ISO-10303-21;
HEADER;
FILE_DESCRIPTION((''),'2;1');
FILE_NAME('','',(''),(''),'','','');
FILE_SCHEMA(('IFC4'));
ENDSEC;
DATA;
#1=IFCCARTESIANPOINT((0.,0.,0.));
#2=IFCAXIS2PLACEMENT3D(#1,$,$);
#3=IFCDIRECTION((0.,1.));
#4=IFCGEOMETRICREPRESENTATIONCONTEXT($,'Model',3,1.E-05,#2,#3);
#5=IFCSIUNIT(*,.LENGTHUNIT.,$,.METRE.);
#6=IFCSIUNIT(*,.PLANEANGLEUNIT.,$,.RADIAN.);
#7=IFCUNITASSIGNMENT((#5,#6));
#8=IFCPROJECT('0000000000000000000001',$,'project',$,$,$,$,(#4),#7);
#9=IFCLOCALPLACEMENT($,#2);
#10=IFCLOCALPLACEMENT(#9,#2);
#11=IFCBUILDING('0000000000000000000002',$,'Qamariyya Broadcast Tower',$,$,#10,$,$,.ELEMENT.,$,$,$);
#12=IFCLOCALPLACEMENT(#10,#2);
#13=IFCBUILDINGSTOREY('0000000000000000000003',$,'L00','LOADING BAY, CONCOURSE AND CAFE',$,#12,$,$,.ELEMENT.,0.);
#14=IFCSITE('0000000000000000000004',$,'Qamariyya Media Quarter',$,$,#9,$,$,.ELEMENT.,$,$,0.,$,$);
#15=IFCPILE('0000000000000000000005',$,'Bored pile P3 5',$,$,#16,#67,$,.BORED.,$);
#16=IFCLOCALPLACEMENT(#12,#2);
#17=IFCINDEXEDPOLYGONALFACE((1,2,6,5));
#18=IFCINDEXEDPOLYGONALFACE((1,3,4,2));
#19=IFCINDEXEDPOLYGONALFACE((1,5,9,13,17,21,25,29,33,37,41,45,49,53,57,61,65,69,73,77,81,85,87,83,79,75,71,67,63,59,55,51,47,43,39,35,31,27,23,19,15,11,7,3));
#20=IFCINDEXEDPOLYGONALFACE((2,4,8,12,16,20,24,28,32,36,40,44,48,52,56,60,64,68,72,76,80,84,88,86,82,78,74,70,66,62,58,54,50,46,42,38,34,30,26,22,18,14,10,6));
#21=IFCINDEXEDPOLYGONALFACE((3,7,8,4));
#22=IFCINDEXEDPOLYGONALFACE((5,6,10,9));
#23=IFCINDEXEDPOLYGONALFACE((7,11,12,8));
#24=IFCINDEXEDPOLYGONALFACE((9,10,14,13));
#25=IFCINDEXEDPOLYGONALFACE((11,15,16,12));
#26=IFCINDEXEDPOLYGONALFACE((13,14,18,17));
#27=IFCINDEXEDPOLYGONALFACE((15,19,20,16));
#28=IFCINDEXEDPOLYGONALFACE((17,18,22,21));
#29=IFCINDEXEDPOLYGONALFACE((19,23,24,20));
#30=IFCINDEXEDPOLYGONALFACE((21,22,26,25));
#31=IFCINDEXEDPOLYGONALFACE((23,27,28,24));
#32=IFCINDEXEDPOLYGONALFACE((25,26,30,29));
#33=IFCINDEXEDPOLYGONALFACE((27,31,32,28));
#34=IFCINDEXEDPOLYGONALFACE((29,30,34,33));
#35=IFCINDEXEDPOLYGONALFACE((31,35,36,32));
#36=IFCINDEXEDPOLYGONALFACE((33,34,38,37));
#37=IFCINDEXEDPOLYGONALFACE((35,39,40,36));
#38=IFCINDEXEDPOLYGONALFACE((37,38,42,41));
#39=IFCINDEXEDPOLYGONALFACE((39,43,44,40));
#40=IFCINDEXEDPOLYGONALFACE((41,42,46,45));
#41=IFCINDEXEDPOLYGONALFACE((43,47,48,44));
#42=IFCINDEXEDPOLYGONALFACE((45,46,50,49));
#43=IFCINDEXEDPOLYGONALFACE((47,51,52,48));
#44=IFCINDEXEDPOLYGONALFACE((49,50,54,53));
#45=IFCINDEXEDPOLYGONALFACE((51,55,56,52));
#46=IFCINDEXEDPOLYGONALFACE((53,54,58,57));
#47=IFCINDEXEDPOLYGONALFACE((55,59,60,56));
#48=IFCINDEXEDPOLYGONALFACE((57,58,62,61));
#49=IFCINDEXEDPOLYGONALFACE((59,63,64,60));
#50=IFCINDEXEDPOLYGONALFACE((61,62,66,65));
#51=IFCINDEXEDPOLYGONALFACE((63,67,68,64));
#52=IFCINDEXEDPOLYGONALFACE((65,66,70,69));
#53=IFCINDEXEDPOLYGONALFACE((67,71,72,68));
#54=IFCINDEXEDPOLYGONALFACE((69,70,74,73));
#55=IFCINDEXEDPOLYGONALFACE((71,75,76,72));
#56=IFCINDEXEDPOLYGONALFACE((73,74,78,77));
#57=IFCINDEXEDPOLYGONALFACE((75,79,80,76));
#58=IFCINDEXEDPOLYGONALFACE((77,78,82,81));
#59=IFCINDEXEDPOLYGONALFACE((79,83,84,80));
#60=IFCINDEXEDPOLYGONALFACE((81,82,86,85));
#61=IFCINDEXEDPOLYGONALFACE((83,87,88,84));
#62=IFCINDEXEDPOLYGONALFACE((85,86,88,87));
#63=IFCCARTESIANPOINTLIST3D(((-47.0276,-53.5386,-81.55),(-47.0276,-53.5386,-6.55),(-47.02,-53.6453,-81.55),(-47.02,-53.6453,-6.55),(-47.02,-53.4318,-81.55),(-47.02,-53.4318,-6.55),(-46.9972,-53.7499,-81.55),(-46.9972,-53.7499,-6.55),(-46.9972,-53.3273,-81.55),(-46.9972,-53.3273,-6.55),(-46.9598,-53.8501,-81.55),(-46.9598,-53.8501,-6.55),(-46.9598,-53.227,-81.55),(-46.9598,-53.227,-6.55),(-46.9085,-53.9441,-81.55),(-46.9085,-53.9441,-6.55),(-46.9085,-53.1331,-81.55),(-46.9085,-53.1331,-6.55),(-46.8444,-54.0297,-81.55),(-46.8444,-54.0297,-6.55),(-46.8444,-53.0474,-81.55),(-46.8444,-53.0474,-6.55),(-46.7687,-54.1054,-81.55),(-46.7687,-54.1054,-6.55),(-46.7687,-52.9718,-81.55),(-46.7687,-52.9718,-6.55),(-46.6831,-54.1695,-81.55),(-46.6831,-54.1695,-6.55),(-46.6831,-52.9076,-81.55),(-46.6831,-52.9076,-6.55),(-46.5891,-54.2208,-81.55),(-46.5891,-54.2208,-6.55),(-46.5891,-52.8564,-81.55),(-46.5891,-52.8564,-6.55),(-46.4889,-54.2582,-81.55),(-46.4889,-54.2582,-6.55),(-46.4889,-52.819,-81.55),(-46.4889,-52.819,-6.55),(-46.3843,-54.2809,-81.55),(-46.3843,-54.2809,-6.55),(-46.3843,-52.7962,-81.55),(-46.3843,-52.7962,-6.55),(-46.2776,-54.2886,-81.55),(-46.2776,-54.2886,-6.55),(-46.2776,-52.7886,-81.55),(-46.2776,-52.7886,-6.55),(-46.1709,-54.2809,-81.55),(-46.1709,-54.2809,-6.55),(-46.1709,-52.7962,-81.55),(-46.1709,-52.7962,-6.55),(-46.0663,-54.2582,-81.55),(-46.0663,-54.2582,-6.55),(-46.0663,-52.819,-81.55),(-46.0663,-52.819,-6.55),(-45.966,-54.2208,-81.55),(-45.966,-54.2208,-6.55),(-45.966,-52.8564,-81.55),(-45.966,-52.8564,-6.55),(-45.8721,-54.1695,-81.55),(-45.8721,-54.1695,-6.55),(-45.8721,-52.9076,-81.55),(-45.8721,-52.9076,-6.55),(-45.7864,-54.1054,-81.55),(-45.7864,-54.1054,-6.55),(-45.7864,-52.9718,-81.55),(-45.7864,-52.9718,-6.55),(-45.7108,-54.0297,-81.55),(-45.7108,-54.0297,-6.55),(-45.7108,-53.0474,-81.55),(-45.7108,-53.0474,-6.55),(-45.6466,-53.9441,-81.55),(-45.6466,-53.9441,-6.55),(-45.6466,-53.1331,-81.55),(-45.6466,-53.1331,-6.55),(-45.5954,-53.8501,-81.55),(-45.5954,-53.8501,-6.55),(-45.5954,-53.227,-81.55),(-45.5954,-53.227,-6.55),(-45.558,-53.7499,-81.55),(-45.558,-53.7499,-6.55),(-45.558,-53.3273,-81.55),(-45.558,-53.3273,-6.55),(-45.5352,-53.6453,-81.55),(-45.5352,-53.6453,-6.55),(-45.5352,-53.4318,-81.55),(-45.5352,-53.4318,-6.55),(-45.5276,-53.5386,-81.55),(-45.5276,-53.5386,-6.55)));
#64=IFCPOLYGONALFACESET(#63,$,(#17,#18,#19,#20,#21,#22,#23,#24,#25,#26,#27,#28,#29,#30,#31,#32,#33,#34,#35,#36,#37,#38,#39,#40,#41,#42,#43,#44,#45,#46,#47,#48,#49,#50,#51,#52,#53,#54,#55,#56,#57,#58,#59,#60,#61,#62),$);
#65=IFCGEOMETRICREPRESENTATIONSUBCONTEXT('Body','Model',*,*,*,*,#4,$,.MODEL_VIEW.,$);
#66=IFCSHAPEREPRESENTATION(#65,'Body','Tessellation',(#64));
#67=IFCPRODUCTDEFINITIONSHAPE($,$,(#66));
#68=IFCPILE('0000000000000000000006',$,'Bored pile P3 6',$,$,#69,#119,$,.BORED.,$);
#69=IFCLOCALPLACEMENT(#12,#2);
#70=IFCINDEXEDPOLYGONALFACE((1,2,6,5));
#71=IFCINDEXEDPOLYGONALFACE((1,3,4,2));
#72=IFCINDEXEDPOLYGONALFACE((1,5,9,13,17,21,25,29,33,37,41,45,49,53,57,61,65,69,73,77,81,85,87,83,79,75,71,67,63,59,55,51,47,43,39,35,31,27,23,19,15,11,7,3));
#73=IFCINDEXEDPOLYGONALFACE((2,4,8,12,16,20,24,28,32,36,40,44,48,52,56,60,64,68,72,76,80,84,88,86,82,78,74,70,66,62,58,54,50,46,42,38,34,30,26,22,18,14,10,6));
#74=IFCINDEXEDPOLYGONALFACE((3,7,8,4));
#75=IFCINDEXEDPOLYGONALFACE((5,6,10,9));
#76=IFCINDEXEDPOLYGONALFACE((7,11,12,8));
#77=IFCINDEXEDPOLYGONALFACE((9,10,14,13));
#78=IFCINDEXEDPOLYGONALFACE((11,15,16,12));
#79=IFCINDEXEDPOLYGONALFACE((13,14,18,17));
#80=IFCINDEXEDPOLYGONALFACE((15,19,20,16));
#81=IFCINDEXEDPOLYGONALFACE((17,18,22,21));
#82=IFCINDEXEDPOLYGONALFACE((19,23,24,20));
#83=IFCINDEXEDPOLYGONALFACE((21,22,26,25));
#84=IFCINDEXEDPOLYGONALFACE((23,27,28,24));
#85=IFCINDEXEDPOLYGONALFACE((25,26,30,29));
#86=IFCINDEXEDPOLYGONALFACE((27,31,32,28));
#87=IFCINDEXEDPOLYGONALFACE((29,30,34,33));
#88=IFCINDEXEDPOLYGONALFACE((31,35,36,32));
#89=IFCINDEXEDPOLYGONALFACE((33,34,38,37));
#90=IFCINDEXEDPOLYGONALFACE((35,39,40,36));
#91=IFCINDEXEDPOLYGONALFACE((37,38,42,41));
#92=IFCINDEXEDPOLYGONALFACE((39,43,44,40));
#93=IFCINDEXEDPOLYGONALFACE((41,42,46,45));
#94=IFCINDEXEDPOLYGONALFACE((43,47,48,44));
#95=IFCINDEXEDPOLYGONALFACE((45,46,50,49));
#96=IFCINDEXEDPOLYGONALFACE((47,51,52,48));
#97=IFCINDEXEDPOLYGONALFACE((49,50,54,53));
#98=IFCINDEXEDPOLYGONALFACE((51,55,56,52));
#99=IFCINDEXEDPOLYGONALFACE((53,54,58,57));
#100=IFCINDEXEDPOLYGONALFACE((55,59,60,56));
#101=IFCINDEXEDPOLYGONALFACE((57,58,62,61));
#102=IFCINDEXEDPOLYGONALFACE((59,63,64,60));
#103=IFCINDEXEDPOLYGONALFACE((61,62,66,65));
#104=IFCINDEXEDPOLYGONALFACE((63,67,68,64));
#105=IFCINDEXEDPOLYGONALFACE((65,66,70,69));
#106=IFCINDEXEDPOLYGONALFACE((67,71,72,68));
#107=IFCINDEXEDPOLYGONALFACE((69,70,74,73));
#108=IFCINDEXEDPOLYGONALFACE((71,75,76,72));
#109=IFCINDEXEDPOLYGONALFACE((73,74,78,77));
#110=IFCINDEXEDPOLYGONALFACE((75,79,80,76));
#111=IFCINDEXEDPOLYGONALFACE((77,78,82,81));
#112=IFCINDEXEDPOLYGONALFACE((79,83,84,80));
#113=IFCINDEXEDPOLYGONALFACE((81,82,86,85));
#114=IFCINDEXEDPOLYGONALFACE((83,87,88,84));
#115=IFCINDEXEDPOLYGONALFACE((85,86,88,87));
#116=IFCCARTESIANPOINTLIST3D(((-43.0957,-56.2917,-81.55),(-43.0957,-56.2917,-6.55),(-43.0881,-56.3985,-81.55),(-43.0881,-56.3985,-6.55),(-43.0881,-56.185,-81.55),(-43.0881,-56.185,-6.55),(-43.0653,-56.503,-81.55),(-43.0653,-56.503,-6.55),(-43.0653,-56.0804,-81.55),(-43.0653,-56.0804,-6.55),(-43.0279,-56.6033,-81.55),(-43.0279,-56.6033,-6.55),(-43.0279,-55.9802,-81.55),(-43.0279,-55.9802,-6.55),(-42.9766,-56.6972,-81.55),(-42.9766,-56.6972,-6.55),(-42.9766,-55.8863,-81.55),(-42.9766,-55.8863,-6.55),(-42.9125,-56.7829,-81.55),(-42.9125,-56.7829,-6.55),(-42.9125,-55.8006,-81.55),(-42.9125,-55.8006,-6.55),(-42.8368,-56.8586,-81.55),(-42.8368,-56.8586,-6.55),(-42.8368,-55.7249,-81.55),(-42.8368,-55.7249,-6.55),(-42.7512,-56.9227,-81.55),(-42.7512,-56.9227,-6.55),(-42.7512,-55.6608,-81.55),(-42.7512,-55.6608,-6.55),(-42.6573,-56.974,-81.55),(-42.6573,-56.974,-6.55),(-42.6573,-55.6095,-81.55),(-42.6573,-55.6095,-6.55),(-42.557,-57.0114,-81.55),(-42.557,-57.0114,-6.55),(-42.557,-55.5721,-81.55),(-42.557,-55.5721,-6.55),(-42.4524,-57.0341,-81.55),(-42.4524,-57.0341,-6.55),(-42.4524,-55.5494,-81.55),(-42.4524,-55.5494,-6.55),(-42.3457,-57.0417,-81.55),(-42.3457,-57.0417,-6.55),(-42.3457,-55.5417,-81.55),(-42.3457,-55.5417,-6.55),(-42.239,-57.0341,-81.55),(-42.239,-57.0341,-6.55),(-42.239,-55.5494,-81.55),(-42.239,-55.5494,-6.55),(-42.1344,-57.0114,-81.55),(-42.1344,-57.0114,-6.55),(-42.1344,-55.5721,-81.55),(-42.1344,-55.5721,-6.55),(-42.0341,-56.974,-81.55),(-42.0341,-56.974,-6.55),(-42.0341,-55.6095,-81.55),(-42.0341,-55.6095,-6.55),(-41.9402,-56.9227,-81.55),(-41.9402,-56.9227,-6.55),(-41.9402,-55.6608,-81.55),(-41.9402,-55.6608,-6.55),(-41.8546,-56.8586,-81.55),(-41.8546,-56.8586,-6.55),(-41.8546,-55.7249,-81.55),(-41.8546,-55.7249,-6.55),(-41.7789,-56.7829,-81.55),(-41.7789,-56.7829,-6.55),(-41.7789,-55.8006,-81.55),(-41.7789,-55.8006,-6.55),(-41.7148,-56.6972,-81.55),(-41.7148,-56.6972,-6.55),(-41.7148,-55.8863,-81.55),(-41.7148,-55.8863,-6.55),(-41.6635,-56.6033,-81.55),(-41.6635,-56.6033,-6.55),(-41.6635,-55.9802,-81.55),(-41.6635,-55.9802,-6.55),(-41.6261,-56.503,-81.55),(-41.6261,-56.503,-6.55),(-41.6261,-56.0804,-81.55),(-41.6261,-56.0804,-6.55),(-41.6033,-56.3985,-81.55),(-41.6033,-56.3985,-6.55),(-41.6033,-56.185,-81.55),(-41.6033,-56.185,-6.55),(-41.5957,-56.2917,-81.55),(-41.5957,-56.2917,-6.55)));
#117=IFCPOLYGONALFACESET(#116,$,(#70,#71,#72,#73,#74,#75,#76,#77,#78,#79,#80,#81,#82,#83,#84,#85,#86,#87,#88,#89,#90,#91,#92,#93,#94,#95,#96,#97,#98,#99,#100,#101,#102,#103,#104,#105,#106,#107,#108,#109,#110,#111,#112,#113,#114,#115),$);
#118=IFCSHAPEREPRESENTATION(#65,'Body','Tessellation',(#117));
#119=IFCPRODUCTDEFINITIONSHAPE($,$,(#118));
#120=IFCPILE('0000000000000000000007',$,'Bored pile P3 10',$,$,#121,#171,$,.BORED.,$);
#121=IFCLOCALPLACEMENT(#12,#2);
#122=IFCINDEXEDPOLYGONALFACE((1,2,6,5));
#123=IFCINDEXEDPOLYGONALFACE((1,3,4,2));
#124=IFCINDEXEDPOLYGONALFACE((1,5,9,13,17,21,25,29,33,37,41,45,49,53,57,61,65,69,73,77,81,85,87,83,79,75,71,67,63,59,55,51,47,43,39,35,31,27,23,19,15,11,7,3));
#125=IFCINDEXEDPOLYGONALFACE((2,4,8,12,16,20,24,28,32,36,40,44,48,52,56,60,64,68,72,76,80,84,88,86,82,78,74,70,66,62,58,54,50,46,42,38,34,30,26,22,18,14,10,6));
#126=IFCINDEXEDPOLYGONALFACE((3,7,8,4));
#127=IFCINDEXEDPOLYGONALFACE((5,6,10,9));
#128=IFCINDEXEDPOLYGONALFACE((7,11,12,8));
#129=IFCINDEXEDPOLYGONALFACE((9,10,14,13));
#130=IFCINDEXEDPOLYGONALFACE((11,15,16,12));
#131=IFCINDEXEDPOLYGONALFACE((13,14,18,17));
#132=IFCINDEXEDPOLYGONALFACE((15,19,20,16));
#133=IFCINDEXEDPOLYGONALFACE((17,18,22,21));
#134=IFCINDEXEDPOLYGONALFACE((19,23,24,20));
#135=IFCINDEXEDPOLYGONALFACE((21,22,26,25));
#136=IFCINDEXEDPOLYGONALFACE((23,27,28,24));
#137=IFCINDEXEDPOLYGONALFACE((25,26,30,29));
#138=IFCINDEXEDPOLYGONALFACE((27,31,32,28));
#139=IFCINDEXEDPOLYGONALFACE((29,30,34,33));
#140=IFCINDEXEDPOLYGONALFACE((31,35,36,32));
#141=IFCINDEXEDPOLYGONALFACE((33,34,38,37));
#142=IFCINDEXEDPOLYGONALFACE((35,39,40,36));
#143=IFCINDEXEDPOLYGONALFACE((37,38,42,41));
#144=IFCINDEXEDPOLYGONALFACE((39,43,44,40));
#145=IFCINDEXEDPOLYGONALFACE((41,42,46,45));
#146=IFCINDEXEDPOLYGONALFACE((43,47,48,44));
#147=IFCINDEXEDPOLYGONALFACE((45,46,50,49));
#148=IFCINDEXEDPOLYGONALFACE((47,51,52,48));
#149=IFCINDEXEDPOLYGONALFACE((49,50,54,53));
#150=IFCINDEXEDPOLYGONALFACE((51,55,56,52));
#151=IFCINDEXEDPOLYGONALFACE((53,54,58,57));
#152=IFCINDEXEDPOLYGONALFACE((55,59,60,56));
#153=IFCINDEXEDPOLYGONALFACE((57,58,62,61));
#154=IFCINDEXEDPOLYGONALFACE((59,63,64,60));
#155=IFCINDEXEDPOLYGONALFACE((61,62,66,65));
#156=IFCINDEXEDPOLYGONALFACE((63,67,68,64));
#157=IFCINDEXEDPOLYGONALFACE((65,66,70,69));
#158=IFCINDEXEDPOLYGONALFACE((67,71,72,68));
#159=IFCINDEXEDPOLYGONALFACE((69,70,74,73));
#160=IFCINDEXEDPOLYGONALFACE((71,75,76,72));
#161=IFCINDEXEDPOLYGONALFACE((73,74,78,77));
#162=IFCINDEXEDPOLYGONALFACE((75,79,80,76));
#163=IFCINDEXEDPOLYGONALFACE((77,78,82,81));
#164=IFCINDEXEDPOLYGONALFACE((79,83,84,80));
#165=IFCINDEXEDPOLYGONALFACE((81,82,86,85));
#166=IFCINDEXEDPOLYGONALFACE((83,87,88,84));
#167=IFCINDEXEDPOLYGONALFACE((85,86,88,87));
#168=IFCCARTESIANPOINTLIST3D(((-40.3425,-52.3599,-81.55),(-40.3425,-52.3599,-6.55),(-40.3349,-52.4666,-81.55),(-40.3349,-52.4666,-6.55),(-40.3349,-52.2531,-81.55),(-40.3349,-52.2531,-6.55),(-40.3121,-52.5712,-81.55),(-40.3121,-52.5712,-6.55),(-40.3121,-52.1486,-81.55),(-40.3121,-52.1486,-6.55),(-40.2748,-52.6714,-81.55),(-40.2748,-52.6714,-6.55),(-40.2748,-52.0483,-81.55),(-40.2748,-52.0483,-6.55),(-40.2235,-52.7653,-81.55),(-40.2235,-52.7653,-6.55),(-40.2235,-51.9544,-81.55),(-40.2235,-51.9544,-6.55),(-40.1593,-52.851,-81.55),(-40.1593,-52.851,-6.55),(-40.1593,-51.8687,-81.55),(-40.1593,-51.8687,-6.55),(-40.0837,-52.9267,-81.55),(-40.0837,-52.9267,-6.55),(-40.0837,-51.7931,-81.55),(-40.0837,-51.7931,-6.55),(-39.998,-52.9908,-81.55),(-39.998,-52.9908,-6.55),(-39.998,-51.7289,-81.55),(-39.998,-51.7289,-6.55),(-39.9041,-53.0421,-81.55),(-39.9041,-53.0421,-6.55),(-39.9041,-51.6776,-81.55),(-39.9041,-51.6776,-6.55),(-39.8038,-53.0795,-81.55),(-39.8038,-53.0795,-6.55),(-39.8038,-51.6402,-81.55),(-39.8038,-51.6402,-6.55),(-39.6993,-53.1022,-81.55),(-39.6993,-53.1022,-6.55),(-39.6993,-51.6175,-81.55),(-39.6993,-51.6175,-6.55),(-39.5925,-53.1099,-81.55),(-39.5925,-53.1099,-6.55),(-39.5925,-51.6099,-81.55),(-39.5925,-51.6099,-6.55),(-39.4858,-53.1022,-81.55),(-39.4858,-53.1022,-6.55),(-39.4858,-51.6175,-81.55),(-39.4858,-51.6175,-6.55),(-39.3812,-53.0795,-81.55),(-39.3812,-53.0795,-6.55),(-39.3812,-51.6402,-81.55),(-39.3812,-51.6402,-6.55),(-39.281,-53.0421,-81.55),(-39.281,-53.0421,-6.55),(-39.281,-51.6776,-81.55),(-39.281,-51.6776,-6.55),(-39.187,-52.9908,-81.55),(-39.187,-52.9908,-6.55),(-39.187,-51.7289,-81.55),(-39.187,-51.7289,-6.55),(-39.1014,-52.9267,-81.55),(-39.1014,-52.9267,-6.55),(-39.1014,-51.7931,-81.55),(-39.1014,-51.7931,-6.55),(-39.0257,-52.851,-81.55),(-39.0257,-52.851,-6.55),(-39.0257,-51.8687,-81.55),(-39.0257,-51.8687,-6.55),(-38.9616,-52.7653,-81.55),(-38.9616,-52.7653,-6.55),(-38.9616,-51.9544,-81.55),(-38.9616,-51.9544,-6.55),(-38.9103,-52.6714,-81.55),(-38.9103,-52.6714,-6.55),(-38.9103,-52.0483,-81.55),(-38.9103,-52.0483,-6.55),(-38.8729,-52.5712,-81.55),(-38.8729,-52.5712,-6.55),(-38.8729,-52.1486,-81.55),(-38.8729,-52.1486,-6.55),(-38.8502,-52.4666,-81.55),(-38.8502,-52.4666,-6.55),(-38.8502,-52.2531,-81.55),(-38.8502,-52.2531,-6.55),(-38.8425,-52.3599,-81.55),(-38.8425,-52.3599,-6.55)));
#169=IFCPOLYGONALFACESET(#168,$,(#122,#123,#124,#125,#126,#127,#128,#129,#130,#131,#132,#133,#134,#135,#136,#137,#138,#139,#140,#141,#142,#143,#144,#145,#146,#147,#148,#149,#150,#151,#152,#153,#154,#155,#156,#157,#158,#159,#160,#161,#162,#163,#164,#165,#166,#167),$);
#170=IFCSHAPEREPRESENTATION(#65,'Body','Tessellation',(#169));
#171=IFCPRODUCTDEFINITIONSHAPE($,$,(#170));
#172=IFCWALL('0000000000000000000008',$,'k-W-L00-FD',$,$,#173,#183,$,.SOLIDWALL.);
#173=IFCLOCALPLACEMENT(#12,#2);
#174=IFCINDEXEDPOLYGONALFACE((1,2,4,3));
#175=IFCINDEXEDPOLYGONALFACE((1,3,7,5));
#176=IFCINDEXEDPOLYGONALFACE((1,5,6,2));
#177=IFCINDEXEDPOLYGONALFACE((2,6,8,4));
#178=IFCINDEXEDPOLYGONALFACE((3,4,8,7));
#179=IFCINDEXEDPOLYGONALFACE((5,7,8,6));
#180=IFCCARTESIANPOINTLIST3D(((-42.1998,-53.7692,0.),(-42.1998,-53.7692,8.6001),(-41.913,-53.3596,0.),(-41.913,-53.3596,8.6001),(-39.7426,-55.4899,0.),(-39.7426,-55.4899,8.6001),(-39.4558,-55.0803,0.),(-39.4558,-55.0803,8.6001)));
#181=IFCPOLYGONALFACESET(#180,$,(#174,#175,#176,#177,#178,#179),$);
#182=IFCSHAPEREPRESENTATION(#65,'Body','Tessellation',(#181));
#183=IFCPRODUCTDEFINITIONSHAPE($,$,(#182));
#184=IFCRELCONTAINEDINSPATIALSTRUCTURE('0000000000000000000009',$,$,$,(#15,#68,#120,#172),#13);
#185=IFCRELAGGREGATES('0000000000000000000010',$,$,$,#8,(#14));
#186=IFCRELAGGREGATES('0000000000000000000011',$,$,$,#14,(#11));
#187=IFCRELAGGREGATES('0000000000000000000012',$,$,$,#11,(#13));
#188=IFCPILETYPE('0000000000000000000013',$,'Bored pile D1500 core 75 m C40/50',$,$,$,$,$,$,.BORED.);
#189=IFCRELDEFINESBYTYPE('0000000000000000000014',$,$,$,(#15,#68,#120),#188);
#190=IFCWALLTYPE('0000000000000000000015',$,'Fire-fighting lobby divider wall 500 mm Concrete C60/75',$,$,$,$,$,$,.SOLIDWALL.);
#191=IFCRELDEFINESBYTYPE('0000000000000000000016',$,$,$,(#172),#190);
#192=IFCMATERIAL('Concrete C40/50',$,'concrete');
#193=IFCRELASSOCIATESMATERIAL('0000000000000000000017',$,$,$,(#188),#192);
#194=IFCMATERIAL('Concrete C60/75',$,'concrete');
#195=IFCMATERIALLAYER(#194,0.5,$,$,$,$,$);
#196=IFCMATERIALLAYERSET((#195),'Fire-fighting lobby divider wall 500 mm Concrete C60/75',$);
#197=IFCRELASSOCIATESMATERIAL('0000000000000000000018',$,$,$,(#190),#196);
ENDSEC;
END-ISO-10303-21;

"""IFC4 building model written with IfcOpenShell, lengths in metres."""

from ifc_helpers import new_model, si_unit, direction, frame, frame_2d, origin, origin_2d, place, context, subcontext, project, spatial, rectangle, circle, extrude, material, layer, layer_set, material_profile, profile_set, type_object, element, save


model = new_model("IFC4")

# Units and contexts
model_context = context("Model", 3, precision=1e-05, world=origin(), true_north=direction((0.0, 1.0)))
body_context = subcontext(model_context, "Body", "Model", "MODEL_VIEW")
ifc_project = project(units=[si_unit("LENGTHUNIT", "METRE"), si_unit("PLANEANGLEUNIT", "RADIAN")], contexts=[model_context])

# Site, building, storey
site_placement = place(None, origin())
site = spatial("IfcSite", under=ifc_project, at=site_placement, Name="Qamariyya Media Quarter", CompositionType="ELEMENT", RefElevation=0.0)
building_placement = place(site_placement, origin())
building = spatial("IfcBuilding", under=site, at=building_placement, Name="Qamariyya Broadcast Tower", CompositionType="ELEMENT")
storey_placement = place(building_placement, origin())
storey = spatial("IfcBuildingStorey", under=building, at=storey_placement, Name="L00", Description="LOADING BAY, CONCOURSE AND CAFE", CompositionType="ELEMENT", Elevation=0.0)

# Piles
ifc_material_1 = material(Name="Concrete C40/50", Category="concrete")
ifc_material_profile = material_profile(ifc_material_1, circle(Radius=0.75, at=origin_2d()))
ifc_profile_set = profile_set([ifc_material_profile], Name="Concrete C40/50")
pile_type = type_object("IfcPileType", Name="Bored pile D1500 core 75 m C40/50", PredefinedType="BORED", material=ifc_profile_set)
for number, where, z_axis, x_axis, name in (
    (1, (-46.2776, -53.5386, -6.55), (0.0, 0.0, -1.0), (1.0, 0.0, 0.0), "Bored pile P3 5"),
    (2, (-42.3457, -56.2917, -6.55), (0.0, 0.0, -1.0), (1.0, 0.0, 0.0), "Bored pile P3 6"),
    (3, (-39.5925, -52.3599, -6.55), (0.0, 0.0, -1.0), (1.0, 0.0, 0.0), "Bored pile P3 10"),
):
    element("IfcPile", number, at=place(storey_placement, frame(where, z_axis=z_axis, x_axis=x_axis)), inside=storey, type_object=pile_type, Name=name, PredefinedType="BORED", context=body_context, shape_type="SweptSolid", body=[
        extrude(circle(Radius=0.75, at=origin_2d()), origin(), (0.0, 0.0, 1.0), 75.0),
    ])

# Wall
ifc_material_2 = material(Name="Concrete C60/75", Category="concrete")
ifc_layer_1 = layer(ifc_material_2, 0.5)
ifc_layer_set_1 = layer_set([ifc_layer_1], Name="Fire-fighting lobby divider wall 500 mm Concrete C60/75")
wall_type_1 = type_object("IfcWallType", Name="Fire-fighting lobby divider wall 500 mm Concrete C60/75", PredefinedType="SOLIDWALL", material=ifc_layer_set_1)
wall_1_placement = place(storey_placement, frame((-39.5991, -55.2852, 0.0), z_axis=(0.0, 0.0, 1.0), x_axis=(-0.819136, 0.573599, 0.0)))
element("IfcWall", 4, at=wall_1_placement, inside=storey, type_object=wall_type_1, Name="k-W-L00-FD", PredefinedType="SOLIDWALL", context=body_context, shape_type="SweptSolid", body=[
    extrude(rectangle(XDim=2.9998, YDim=0.5, at=frame_2d((1.5, 0.0))), origin(), (0.0, 0.0, 1.0), 8.6001),
])

save(model, "model.ifc")
